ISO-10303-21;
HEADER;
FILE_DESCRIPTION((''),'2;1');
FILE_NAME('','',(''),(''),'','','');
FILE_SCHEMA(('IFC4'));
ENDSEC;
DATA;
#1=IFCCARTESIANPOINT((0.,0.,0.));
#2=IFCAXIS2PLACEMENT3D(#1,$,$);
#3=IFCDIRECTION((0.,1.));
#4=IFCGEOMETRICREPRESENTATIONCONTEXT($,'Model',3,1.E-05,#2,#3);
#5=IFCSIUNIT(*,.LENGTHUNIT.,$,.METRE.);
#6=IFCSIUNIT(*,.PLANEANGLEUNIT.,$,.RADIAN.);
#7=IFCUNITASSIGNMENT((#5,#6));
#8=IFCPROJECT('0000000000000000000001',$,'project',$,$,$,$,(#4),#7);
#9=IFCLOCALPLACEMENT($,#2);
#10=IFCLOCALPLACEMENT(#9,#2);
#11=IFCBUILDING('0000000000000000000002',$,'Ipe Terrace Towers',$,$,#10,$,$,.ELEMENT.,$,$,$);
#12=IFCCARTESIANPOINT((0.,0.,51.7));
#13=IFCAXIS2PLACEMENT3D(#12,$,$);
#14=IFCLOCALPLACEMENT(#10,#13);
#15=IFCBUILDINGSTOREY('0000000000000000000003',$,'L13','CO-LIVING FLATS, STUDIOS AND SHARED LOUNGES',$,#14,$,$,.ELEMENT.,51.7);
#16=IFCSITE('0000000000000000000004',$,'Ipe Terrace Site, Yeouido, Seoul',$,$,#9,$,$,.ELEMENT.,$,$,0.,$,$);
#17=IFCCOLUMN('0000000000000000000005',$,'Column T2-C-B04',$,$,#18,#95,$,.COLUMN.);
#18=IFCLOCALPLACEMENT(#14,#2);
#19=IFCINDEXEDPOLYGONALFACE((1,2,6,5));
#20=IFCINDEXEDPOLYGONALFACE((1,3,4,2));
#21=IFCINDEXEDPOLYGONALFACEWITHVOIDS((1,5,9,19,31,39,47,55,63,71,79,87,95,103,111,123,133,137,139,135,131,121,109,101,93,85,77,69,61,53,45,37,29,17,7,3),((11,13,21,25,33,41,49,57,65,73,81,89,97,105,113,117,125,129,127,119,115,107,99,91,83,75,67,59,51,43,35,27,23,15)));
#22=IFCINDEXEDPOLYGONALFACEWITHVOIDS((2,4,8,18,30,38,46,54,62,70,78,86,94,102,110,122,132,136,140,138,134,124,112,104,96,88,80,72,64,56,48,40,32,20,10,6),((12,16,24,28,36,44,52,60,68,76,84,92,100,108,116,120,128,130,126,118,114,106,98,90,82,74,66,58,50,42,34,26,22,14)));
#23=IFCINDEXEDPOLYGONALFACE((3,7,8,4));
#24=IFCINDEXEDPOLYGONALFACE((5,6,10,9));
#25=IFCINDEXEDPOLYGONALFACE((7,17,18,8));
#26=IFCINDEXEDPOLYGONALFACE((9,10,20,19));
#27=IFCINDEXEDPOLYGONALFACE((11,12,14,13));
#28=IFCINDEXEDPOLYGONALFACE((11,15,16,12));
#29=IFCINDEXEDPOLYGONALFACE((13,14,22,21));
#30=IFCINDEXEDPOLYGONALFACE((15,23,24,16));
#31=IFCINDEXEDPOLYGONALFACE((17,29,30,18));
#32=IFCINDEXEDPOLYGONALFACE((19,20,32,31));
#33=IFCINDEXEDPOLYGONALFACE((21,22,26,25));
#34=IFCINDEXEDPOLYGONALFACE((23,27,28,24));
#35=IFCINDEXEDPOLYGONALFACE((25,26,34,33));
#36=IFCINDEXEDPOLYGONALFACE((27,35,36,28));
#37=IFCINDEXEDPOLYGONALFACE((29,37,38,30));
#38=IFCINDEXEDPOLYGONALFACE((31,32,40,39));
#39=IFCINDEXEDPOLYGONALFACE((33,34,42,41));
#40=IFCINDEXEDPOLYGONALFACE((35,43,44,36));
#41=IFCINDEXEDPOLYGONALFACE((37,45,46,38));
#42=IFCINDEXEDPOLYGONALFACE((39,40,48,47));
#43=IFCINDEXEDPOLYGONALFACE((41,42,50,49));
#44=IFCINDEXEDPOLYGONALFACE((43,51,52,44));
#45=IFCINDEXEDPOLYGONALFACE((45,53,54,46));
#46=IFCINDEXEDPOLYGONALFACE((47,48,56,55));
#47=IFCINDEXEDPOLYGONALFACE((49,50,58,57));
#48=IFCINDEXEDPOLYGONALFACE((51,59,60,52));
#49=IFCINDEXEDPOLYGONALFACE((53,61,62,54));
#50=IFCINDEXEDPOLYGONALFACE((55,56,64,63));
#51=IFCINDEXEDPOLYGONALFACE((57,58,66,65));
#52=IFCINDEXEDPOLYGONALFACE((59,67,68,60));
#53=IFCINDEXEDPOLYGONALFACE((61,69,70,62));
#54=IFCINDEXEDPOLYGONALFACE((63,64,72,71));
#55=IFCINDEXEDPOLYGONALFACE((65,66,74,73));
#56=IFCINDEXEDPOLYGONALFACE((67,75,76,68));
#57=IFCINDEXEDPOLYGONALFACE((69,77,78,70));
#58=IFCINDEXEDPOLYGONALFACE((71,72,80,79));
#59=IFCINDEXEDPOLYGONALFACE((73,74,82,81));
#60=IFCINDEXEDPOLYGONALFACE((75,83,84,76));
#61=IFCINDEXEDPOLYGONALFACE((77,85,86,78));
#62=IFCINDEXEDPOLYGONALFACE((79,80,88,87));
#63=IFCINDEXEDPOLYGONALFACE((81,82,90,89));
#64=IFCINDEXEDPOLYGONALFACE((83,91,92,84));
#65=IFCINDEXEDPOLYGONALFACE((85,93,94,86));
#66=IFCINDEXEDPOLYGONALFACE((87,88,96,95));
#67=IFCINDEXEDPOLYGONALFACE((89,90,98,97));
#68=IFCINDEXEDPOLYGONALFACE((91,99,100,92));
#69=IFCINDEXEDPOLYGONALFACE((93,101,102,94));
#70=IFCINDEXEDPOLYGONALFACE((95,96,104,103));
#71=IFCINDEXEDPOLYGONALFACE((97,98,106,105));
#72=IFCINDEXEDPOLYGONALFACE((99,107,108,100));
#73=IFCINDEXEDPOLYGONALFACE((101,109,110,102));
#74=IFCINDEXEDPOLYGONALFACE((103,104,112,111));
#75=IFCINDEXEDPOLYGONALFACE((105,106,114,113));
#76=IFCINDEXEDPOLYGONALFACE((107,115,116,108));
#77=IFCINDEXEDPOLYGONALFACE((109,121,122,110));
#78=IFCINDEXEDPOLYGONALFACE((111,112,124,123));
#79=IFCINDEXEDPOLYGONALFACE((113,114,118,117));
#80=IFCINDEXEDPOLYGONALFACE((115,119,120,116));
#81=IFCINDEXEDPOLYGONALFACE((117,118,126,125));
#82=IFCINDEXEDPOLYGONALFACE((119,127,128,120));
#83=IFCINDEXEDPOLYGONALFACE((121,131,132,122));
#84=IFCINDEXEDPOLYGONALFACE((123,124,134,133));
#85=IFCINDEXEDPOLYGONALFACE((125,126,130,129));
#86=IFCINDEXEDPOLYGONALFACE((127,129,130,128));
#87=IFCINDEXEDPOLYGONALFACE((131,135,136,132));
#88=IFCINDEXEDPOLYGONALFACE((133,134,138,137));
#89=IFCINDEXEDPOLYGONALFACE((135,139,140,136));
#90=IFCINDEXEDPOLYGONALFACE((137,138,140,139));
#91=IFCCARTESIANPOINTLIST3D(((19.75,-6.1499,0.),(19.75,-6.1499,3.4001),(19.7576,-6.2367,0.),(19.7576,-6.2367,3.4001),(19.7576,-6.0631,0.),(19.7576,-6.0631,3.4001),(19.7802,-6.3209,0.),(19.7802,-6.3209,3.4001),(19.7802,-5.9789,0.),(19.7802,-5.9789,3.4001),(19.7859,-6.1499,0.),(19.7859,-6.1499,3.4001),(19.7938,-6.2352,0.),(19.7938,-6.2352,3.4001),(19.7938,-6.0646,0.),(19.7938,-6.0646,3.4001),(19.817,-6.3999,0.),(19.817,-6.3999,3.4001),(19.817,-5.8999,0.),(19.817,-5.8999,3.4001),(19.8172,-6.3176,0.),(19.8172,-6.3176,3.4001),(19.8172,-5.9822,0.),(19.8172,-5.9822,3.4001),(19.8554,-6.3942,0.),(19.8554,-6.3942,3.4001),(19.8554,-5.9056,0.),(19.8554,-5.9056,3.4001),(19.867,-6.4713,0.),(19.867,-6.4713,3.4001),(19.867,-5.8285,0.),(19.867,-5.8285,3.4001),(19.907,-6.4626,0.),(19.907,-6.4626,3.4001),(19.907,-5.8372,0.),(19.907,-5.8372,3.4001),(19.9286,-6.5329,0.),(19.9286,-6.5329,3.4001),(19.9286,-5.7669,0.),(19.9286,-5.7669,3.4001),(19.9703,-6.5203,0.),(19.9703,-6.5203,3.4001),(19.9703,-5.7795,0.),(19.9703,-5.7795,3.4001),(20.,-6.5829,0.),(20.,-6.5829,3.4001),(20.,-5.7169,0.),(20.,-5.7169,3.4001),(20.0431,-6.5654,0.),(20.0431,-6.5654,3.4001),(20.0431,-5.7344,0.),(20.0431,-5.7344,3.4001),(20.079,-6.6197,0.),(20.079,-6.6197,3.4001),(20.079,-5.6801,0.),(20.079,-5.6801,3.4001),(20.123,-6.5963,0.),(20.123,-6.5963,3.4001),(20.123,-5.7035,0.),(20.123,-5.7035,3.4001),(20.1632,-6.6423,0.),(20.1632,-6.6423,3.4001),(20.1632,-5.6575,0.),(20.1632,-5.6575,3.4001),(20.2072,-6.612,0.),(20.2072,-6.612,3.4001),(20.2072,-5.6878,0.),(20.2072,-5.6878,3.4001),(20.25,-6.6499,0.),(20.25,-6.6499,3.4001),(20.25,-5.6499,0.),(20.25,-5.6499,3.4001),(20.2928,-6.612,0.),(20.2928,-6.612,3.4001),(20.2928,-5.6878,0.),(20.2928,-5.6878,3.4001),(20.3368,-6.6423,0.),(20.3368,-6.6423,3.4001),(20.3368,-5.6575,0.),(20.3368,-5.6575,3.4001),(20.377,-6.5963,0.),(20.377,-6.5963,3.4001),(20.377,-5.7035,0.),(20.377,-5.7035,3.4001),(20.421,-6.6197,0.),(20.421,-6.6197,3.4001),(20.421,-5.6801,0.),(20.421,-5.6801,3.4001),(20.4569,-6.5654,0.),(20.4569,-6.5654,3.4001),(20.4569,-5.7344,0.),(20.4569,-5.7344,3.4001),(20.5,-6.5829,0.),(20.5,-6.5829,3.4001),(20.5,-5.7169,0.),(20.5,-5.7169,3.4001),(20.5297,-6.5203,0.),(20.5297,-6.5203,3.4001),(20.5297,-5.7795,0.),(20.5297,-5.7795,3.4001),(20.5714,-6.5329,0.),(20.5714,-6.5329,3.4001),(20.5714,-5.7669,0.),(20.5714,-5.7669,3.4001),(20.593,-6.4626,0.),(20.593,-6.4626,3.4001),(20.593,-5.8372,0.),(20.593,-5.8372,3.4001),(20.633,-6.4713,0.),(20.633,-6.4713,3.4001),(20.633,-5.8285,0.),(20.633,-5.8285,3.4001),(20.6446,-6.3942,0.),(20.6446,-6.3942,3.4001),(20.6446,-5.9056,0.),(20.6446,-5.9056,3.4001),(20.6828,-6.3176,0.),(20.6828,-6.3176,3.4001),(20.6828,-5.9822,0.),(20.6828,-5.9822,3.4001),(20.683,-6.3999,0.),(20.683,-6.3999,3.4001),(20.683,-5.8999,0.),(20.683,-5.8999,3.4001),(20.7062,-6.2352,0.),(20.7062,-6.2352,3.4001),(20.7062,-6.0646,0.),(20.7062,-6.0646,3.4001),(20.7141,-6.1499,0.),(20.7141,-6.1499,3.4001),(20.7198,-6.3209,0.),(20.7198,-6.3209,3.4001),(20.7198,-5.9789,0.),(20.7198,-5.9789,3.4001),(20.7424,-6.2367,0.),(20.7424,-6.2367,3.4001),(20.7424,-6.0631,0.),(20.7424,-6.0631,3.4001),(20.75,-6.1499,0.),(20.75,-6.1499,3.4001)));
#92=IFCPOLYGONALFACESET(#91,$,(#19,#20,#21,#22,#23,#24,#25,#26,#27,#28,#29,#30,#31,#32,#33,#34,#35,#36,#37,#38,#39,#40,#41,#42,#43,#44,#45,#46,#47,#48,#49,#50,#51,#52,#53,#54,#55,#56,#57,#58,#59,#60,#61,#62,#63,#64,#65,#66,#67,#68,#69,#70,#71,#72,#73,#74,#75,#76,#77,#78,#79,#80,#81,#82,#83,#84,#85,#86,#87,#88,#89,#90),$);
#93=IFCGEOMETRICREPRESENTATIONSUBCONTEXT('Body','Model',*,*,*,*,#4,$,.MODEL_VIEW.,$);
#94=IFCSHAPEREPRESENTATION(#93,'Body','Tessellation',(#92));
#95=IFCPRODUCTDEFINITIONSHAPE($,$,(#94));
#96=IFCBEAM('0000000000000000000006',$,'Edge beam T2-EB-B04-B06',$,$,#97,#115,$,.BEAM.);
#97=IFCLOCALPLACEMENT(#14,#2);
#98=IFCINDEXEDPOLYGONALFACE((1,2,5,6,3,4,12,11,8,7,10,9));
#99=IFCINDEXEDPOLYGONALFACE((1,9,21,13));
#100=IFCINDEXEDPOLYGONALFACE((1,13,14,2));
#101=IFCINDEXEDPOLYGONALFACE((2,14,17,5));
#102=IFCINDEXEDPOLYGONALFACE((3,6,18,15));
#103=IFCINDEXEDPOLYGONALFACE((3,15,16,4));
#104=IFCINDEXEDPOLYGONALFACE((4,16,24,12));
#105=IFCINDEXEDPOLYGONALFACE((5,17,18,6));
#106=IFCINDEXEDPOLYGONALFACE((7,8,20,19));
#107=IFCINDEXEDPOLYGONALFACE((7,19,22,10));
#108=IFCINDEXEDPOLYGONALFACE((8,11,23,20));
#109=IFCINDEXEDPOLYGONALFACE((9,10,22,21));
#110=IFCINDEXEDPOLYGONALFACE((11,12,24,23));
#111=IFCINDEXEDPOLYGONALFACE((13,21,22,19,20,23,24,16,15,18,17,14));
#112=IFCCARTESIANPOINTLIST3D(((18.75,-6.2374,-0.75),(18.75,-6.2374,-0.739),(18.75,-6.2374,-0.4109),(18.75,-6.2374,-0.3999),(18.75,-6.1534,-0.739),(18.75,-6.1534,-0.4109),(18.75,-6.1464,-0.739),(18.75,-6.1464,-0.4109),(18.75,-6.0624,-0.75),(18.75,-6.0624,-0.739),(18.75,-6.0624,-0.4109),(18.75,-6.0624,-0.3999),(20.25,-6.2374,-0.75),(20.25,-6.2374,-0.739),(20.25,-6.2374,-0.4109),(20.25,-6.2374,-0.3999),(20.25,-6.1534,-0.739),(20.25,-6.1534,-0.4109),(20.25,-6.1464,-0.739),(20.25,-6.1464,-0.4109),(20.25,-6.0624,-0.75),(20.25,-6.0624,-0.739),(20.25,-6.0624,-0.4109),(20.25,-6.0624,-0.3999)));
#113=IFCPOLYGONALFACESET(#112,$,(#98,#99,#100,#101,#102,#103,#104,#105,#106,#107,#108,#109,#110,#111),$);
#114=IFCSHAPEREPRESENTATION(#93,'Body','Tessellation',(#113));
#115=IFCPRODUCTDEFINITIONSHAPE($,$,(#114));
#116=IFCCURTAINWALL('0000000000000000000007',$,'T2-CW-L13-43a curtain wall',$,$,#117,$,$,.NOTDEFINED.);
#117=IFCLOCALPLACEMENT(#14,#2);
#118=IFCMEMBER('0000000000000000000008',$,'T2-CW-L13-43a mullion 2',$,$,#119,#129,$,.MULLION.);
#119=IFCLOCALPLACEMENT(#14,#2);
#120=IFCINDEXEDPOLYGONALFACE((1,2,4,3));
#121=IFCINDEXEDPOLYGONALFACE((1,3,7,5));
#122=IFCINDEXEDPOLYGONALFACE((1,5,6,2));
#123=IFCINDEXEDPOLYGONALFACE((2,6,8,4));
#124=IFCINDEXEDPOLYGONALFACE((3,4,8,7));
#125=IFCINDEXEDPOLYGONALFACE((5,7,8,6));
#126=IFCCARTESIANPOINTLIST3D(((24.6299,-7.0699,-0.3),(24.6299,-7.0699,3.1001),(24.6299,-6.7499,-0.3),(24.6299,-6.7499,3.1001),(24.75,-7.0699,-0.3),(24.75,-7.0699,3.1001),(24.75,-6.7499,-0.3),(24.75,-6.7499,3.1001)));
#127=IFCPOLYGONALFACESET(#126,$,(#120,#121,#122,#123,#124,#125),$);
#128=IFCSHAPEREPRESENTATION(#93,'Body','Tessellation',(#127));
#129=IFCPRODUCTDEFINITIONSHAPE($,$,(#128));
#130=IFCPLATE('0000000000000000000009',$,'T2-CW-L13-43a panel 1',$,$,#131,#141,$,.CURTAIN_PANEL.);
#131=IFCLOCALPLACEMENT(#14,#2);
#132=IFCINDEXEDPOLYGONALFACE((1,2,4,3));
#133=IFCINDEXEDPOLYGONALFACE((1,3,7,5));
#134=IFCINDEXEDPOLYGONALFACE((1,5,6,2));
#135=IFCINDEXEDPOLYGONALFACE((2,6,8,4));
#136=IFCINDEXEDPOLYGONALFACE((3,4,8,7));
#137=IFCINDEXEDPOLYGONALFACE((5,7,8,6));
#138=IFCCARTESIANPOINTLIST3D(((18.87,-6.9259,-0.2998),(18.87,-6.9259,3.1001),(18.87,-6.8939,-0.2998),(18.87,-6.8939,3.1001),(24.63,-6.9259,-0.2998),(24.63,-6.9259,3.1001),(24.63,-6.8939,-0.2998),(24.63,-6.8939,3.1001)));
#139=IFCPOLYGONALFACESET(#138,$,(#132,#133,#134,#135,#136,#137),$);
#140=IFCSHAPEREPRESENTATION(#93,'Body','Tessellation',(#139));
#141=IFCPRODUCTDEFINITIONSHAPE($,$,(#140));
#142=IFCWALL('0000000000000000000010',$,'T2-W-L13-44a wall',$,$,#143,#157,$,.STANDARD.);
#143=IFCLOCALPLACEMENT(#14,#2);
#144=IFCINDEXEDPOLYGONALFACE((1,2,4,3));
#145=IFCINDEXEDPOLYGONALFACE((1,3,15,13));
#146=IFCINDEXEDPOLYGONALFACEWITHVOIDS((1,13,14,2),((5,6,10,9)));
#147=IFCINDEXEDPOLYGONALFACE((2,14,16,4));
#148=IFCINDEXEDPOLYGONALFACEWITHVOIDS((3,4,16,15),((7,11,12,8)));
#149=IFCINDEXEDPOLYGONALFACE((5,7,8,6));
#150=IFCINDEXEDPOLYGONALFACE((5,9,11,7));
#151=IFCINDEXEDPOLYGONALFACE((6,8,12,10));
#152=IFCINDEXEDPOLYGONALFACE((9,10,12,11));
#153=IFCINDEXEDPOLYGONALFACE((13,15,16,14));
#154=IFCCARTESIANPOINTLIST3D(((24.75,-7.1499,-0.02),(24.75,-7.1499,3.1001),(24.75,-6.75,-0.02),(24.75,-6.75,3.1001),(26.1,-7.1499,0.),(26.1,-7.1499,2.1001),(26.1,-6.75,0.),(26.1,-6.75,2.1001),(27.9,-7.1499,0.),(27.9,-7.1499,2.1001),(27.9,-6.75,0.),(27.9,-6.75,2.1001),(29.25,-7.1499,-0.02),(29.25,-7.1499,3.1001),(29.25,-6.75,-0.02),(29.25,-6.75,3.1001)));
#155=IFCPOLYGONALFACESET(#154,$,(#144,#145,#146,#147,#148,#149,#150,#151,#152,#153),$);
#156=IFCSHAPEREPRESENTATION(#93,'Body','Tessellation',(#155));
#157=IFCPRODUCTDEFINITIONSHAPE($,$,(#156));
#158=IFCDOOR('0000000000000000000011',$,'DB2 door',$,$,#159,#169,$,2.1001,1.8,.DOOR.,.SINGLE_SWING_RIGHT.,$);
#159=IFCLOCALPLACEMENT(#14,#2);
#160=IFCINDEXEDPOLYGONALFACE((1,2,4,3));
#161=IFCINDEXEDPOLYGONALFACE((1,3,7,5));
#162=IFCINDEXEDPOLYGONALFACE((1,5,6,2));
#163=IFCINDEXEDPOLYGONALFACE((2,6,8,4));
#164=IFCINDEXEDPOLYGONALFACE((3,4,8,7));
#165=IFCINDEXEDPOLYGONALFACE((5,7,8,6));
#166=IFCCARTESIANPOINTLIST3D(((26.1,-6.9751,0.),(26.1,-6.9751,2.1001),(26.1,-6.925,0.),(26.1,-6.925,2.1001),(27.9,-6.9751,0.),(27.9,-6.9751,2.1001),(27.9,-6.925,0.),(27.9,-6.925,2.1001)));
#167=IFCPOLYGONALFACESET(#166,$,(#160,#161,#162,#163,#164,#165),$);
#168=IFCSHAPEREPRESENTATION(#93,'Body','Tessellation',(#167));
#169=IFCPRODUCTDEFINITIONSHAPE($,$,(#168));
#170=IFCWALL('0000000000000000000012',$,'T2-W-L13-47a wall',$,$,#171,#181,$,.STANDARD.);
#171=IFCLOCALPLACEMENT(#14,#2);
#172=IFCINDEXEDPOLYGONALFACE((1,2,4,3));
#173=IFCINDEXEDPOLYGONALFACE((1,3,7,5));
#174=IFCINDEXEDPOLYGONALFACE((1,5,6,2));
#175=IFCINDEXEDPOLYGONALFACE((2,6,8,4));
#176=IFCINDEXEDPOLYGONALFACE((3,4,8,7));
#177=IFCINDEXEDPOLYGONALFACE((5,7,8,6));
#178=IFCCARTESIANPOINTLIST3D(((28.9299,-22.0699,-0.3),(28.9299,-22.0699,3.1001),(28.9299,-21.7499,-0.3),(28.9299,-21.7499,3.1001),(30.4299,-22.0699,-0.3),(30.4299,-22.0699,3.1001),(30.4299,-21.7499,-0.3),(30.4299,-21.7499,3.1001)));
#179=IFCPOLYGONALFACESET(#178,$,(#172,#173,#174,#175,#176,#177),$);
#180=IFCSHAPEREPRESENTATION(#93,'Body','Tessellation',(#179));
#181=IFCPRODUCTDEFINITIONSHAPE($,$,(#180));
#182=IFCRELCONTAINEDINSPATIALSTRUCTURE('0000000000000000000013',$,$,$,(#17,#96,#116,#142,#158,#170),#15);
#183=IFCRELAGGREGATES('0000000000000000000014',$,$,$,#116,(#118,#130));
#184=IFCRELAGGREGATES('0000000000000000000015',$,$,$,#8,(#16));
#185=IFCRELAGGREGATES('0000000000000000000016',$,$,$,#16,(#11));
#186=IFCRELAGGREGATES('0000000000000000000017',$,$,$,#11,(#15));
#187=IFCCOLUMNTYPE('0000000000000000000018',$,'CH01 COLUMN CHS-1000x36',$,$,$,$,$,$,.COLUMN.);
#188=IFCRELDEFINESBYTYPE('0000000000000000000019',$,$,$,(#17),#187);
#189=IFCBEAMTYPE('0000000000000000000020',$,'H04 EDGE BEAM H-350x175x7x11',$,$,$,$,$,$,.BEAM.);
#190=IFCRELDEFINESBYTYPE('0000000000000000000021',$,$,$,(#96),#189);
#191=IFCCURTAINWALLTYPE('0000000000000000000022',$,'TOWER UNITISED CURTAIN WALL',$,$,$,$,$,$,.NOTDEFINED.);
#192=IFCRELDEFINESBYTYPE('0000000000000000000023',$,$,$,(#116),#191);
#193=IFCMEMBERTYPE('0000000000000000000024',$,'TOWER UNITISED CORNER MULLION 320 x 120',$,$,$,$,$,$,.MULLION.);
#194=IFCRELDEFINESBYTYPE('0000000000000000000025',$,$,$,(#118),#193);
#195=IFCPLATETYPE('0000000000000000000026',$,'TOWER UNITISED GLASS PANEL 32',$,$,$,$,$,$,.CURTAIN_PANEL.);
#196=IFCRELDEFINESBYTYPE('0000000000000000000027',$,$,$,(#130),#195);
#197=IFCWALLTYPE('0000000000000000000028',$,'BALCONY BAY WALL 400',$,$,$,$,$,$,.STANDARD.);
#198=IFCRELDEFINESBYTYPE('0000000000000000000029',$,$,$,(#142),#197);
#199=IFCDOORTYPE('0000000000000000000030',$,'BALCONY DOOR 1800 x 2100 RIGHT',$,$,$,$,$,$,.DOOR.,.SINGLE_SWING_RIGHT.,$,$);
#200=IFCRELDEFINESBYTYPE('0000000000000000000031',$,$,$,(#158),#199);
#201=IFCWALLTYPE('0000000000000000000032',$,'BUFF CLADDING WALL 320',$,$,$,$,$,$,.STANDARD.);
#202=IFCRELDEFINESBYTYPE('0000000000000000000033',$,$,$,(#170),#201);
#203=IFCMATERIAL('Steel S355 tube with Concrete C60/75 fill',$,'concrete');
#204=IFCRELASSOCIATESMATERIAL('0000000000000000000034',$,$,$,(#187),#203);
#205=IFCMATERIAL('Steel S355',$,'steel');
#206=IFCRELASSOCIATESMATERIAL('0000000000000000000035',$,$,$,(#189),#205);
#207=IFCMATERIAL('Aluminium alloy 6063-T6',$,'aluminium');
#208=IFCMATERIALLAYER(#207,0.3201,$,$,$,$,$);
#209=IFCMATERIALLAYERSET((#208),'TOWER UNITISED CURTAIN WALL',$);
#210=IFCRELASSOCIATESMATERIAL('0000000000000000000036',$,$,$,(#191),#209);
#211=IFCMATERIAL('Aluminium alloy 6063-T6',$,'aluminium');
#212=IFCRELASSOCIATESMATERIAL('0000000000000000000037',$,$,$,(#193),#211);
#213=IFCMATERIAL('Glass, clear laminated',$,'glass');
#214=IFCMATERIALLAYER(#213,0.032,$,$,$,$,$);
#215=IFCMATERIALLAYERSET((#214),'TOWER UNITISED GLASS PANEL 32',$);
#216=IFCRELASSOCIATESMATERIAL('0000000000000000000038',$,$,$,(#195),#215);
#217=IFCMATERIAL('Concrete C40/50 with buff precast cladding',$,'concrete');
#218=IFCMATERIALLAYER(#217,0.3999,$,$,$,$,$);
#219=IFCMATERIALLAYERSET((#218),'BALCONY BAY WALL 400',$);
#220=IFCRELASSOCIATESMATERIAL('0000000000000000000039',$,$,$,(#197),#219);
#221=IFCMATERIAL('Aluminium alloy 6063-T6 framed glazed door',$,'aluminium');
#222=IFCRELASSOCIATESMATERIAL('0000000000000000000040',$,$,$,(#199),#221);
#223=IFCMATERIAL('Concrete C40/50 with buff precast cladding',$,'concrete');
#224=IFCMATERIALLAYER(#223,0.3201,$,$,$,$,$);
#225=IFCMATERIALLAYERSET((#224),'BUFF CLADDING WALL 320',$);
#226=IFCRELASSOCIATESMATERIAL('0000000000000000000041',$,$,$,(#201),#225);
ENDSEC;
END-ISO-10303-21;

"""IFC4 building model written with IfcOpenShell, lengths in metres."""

from ifc_helpers import new_model, si_unit, direction, frame, frame_2d, origin, origin_2d, place, context, subcontext, project, spatial, rectangle, hollow_circle, i_section, extrude, material, layer, layer_set, material_profile, profile_set, type_object, element, fill, aggregate, save


model = new_model("IFC4")

# Units and contexts
model_context = context("Model", 3, precision=1e-05, world=origin(), true_north=direction((0.0, 1.0)))
body_context = subcontext(model_context, "Body", "Model", "MODEL_VIEW")
ifc_project = project(units=[si_unit("LENGTHUNIT", "METRE"), si_unit("PLANEANGLEUNIT", "RADIAN")], contexts=[model_context])

# Site, building, storey
site_placement = place(None, origin())
site = spatial("IfcSite", under=ifc_project, at=site_placement, Name="Ipe Terrace Site, Yeouido, Seoul", CompositionType="ELEMENT", RefElevation=0.0)
building_placement = place(site_placement, origin())
building = spatial("IfcBuilding", under=site, at=building_placement, Name="Ipe Terrace Towers", CompositionType="ELEMENT")
storey_placement = place(building_placement, frame((0.0, 0.0, 51.7)))
storey = spatial("IfcBuildingStorey", under=building, at=storey_placement, Name="L13", Description="CO-LIVING FLATS, STUDIOS AND SHARED LOUNGES", CompositionType="ELEMENT", Elevation=51.7)

# Column
ifc_material_1 = material(Name="Steel S355 tube with Concrete C60/75 fill", Category="concrete")
ifc_material_profile_1 = material_profile(ifc_material_1, hollow_circle(Radius=0.5, WallThickness=0.0359, at=origin_2d()), Name="CHS-1000x36")
ifc_profile_set_1 = profile_set([ifc_material_profile_1], Name="Steel S355 tube with Concrete C60/75 fill")
column_type = type_object("IfcColumnType", Name="CH01 COLUMN CHS-1000x36", PredefinedType="COLUMN", material=ifc_profile_set_1)
column_placement = place(storey_placement, frame((20.25, -6.1499, 0.0), z_axis=(0.0, 0.0, 1.0), x_axis=(1.0, 0.0, 0.0)))
element("IfcColumn", 1, at=column_placement, inside=storey, type_object=column_type, Name="Column T2-C-B04", PredefinedType="COLUMN", context=body_context, shape_type="SweptSolid", body=[
    extrude(hollow_circle(Radius=0.5, WallThickness=0.0359, at=origin_2d()), origin(), (0.0, 0.0, 1.0), 3.4001),
])

# Beam
ifc_material_2 = material(Name="Steel S355", Category="steel")
ifc_material_profile_2 = material_profile(ifc_material_2, i_section(OverallWidth=0.175, OverallDepth=0.3501, WebThickness=0.0071, FlangeThickness=0.011, at=origin_2d()), Name="H-350x175x7x11")
ifc_profile_set_2 = profile_set([ifc_material_profile_2], Name="Steel S355")
beam_type = type_object("IfcBeamType", Name="H04 EDGE BEAM H-350x175x7x11", PredefinedType="BEAM", material=ifc_profile_set_2)
beam_placement = place(storey_placement, frame((20.25, -6.1499, -0.575), z_axis=(-1.0, 0.0, 0.0), x_axis=(0.0, -1.0, 0.0)))
element("IfcBeam", 2, at=beam_placement, inside=storey, type_object=beam_type, Name="Edge beam T2-EB-B04-B06", PredefinedType="BEAM", context=body_context, shape_type="SweptSolid", body=[
    extrude(i_section(OverallWidth=0.175, OverallDepth=0.3501, WebThickness=0.0071, FlangeThickness=0.011, at=origin_2d()), origin(), (0.0, 0.0, 1.0), 1.5),
])

# Curtain wall, member, plate
ifc_material_3 = material(Name="Aluminium alloy 6063-T6", Category="aluminium")
ifc_layer_1 = layer(ifc_material_3, 0.3201)
ifc_layer_set_1 = layer_set([ifc_layer_1], Name="TOWER UNITISED CURTAIN WALL")
curtain_wall_type = type_object("IfcCurtainWallType", Name="TOWER UNITISED CURTAIN WALL", PredefinedType="NOTDEFINED", material=ifc_layer_set_1)
curtain_wall_placement = place(storey_placement, origin())
curtain_wall = element("IfcCurtainWall", 3, at=curtain_wall_placement, inside=storey, type_object=curtain_wall_type, Name="T2-CW-L13-43a curtain wall", PredefinedType="NOTDEFINED")
ifc_material_4 = material(Name="Aluminium alloy 6063-T6", Category="aluminium")
ifc_material_profile_3 = material_profile(ifc_material_4, rectangle(XDim=0.3201, YDim=0.1201, at=origin_2d()), Name="TOWER UNITISED CORNER MULLION 320 x 120")
ifc_profile_set_3 = profile_set([ifc_material_profile_3], Name="Aluminium alloy 6063-T6")
member_type = type_object("IfcMemberType", Name="TOWER UNITISED CORNER MULLION 320 x 120", PredefinedType="MULLION", material=ifc_profile_set_3)
member_placement = place(storey_placement, frame((24.6899, -6.9099, -0.3), z_axis=(0.0, 0.0, 1.0), x_axis=(0.0, -1.0, 0.0)))
member = element("IfcMember", 4, at=member_placement, type_object=member_type, Name="T2-CW-L13-43a mullion 2", PredefinedType="MULLION", context=body_context, shape_type="SweptSolid", body=[
    extrude(rectangle(XDim=0.3201, YDim=0.1201, at=origin_2d()), origin(), (0.0, 0.0, 1.0), 3.4001),
])
ifc_material_5 = material(Name="Glass, clear laminated", Category="glass")
ifc_layer_2 = layer(ifc_material_5, 0.032)
ifc_layer_set_2 = layer_set([ifc_layer_2], Name="TOWER UNITISED GLASS PANEL 32")
plate_type = type_object("IfcPlateType", Name="TOWER UNITISED GLASS PANEL 32", PredefinedType="CURTAIN_PANEL", material=ifc_layer_set_2)
plate_placement = place(storey_placement, frame((21.75, -6.9099, -0.2998), z_axis=(0.0, 0.0, 1.0), x_axis=(1.0, 0.0, 0.0)))
plate = element("IfcPlate", 5, at=plate_placement, type_object=plate_type, Name="T2-CW-L13-43a panel 1", PredefinedType="CURTAIN_PANEL", context=body_context, shape_type="SweptSolid", body=[
    extrude(rectangle(XDim=5.76, YDim=0.032, at=origin_2d()), origin(), (0.0, 0.0, 1.0), 3.3999),
])
aggregate(curtain_wall, [member, plate])

# Wall, opening, door
ifc_material_6 = material(Name="Concrete C40/50 with buff precast cladding", Category="concrete")
ifc_layer_3 = layer(ifc_material_6, 0.3999)
ifc_layer_set_3 = layer_set([ifc_layer_3], Name="BALCONY BAY WALL 400")
wall_type_1 = type_object("IfcWallType", Name="BALCONY BAY WALL 400", PredefinedType="STANDARD", material=ifc_layer_set_3)
wall_1_placement = place(storey_placement, frame((24.75, -6.95, -0.02), z_axis=(0.0, 0.0, 1.0), x_axis=(1.0, 0.0, 0.0)))
wall_1 = element("IfcWall", 6, at=wall_1_placement, inside=storey, type_object=wall_type_1, Name="T2-W-L13-44a wall", PredefinedType="STANDARD", context=body_context, shape_type="SweptSolid", body=[
    extrude(rectangle(XDim=4.5, YDim=0.3999, at=frame_2d((2.25, 0.0))), origin(), (0.0, 0.0, 1.0), 3.1201),
])
opening_1_placement = place(wall_1_placement, frame((1.3501, 0.0, 0.02)))
opening_1 = element("IfcOpeningElement", 7, at=opening_1_placement, cuts=wall_1, PredefinedType="OPENING", context=body_context, shape_type="SweptSolid", body=[
    extrude(rectangle(XDim=1.8, YDim=2.1001, at=frame_2d((0.8999, 1.05))), frame((0.0, 0.21, 0.0), z_axis=(0.0, -1.0, 0.0), x_axis=(1.0, 0.0, 0.0)), (0.0, 0.0, 1.0), 0.4199),
])
ifc_material_7 = material(Name="Aluminium alloy 6063-T6 framed glazed door", Category="aluminium")
door_type_1 = type_object("IfcDoorType", Name="BALCONY DOOR 1800 x 2100 RIGHT", OperationType="SINGLE_SWING_RIGHT", PredefinedType="DOOR", material=ifc_material_7)
door_1_placement = place(opening_1_placement, origin())
door_1 = element("IfcDoor", 8, at=door_1_placement, inside=storey, type_object=door_type_1, Name="DB2 door", OperationType="SINGLE_SWING_RIGHT", OverallHeight=2.1001, OverallWidth=1.8, PredefinedType="DOOR", context=body_context, shape_type="SweptSolid", body=[
    extrude(rectangle(XDim=1.8, YDim=2.1001, at=frame_2d((0.8999, 1.05))), frame((0.0, 0.0249, 0.0), z_axis=(0.0, -1.0, 0.0), x_axis=(1.0, 0.0, 0.0)), (0.0, 0.0, 1.0), 0.05),
])
fill(opening_1, door_1)

# Wall
ifc_material_8 = material(Name="Concrete C40/50 with buff precast cladding", Category="concrete")
ifc_layer_4 = layer(ifc_material_8, 0.3201)
ifc_layer_set_4 = layer_set([ifc_layer_4], Name="BUFF CLADDING WALL 320")
wall_type_2 = type_object("IfcWallType", Name="BUFF CLADDING WALL 320", PredefinedType="STANDARD", material=ifc_layer_set_4)
wall_2_placement = place(storey_placement, frame((28.9299, -21.9099, -0.3), z_axis=(0.0, 0.0, 1.0), x_axis=(1.0, 0.0, 0.0)))
element("IfcWall", 9, at=wall_2_placement, inside=storey, type_object=wall_type_2, Name="T2-W-L13-47a wall", PredefinedType="STANDARD", context=body_context, shape_type="SweptSolid", body=[
    extrude(rectangle(XDim=1.5, YDim=0.3201, at=frame_2d((0.75, 0.0))), origin(), (0.0, 0.0, 1.0), 3.4001),
])

save(model, "model.ifc")
